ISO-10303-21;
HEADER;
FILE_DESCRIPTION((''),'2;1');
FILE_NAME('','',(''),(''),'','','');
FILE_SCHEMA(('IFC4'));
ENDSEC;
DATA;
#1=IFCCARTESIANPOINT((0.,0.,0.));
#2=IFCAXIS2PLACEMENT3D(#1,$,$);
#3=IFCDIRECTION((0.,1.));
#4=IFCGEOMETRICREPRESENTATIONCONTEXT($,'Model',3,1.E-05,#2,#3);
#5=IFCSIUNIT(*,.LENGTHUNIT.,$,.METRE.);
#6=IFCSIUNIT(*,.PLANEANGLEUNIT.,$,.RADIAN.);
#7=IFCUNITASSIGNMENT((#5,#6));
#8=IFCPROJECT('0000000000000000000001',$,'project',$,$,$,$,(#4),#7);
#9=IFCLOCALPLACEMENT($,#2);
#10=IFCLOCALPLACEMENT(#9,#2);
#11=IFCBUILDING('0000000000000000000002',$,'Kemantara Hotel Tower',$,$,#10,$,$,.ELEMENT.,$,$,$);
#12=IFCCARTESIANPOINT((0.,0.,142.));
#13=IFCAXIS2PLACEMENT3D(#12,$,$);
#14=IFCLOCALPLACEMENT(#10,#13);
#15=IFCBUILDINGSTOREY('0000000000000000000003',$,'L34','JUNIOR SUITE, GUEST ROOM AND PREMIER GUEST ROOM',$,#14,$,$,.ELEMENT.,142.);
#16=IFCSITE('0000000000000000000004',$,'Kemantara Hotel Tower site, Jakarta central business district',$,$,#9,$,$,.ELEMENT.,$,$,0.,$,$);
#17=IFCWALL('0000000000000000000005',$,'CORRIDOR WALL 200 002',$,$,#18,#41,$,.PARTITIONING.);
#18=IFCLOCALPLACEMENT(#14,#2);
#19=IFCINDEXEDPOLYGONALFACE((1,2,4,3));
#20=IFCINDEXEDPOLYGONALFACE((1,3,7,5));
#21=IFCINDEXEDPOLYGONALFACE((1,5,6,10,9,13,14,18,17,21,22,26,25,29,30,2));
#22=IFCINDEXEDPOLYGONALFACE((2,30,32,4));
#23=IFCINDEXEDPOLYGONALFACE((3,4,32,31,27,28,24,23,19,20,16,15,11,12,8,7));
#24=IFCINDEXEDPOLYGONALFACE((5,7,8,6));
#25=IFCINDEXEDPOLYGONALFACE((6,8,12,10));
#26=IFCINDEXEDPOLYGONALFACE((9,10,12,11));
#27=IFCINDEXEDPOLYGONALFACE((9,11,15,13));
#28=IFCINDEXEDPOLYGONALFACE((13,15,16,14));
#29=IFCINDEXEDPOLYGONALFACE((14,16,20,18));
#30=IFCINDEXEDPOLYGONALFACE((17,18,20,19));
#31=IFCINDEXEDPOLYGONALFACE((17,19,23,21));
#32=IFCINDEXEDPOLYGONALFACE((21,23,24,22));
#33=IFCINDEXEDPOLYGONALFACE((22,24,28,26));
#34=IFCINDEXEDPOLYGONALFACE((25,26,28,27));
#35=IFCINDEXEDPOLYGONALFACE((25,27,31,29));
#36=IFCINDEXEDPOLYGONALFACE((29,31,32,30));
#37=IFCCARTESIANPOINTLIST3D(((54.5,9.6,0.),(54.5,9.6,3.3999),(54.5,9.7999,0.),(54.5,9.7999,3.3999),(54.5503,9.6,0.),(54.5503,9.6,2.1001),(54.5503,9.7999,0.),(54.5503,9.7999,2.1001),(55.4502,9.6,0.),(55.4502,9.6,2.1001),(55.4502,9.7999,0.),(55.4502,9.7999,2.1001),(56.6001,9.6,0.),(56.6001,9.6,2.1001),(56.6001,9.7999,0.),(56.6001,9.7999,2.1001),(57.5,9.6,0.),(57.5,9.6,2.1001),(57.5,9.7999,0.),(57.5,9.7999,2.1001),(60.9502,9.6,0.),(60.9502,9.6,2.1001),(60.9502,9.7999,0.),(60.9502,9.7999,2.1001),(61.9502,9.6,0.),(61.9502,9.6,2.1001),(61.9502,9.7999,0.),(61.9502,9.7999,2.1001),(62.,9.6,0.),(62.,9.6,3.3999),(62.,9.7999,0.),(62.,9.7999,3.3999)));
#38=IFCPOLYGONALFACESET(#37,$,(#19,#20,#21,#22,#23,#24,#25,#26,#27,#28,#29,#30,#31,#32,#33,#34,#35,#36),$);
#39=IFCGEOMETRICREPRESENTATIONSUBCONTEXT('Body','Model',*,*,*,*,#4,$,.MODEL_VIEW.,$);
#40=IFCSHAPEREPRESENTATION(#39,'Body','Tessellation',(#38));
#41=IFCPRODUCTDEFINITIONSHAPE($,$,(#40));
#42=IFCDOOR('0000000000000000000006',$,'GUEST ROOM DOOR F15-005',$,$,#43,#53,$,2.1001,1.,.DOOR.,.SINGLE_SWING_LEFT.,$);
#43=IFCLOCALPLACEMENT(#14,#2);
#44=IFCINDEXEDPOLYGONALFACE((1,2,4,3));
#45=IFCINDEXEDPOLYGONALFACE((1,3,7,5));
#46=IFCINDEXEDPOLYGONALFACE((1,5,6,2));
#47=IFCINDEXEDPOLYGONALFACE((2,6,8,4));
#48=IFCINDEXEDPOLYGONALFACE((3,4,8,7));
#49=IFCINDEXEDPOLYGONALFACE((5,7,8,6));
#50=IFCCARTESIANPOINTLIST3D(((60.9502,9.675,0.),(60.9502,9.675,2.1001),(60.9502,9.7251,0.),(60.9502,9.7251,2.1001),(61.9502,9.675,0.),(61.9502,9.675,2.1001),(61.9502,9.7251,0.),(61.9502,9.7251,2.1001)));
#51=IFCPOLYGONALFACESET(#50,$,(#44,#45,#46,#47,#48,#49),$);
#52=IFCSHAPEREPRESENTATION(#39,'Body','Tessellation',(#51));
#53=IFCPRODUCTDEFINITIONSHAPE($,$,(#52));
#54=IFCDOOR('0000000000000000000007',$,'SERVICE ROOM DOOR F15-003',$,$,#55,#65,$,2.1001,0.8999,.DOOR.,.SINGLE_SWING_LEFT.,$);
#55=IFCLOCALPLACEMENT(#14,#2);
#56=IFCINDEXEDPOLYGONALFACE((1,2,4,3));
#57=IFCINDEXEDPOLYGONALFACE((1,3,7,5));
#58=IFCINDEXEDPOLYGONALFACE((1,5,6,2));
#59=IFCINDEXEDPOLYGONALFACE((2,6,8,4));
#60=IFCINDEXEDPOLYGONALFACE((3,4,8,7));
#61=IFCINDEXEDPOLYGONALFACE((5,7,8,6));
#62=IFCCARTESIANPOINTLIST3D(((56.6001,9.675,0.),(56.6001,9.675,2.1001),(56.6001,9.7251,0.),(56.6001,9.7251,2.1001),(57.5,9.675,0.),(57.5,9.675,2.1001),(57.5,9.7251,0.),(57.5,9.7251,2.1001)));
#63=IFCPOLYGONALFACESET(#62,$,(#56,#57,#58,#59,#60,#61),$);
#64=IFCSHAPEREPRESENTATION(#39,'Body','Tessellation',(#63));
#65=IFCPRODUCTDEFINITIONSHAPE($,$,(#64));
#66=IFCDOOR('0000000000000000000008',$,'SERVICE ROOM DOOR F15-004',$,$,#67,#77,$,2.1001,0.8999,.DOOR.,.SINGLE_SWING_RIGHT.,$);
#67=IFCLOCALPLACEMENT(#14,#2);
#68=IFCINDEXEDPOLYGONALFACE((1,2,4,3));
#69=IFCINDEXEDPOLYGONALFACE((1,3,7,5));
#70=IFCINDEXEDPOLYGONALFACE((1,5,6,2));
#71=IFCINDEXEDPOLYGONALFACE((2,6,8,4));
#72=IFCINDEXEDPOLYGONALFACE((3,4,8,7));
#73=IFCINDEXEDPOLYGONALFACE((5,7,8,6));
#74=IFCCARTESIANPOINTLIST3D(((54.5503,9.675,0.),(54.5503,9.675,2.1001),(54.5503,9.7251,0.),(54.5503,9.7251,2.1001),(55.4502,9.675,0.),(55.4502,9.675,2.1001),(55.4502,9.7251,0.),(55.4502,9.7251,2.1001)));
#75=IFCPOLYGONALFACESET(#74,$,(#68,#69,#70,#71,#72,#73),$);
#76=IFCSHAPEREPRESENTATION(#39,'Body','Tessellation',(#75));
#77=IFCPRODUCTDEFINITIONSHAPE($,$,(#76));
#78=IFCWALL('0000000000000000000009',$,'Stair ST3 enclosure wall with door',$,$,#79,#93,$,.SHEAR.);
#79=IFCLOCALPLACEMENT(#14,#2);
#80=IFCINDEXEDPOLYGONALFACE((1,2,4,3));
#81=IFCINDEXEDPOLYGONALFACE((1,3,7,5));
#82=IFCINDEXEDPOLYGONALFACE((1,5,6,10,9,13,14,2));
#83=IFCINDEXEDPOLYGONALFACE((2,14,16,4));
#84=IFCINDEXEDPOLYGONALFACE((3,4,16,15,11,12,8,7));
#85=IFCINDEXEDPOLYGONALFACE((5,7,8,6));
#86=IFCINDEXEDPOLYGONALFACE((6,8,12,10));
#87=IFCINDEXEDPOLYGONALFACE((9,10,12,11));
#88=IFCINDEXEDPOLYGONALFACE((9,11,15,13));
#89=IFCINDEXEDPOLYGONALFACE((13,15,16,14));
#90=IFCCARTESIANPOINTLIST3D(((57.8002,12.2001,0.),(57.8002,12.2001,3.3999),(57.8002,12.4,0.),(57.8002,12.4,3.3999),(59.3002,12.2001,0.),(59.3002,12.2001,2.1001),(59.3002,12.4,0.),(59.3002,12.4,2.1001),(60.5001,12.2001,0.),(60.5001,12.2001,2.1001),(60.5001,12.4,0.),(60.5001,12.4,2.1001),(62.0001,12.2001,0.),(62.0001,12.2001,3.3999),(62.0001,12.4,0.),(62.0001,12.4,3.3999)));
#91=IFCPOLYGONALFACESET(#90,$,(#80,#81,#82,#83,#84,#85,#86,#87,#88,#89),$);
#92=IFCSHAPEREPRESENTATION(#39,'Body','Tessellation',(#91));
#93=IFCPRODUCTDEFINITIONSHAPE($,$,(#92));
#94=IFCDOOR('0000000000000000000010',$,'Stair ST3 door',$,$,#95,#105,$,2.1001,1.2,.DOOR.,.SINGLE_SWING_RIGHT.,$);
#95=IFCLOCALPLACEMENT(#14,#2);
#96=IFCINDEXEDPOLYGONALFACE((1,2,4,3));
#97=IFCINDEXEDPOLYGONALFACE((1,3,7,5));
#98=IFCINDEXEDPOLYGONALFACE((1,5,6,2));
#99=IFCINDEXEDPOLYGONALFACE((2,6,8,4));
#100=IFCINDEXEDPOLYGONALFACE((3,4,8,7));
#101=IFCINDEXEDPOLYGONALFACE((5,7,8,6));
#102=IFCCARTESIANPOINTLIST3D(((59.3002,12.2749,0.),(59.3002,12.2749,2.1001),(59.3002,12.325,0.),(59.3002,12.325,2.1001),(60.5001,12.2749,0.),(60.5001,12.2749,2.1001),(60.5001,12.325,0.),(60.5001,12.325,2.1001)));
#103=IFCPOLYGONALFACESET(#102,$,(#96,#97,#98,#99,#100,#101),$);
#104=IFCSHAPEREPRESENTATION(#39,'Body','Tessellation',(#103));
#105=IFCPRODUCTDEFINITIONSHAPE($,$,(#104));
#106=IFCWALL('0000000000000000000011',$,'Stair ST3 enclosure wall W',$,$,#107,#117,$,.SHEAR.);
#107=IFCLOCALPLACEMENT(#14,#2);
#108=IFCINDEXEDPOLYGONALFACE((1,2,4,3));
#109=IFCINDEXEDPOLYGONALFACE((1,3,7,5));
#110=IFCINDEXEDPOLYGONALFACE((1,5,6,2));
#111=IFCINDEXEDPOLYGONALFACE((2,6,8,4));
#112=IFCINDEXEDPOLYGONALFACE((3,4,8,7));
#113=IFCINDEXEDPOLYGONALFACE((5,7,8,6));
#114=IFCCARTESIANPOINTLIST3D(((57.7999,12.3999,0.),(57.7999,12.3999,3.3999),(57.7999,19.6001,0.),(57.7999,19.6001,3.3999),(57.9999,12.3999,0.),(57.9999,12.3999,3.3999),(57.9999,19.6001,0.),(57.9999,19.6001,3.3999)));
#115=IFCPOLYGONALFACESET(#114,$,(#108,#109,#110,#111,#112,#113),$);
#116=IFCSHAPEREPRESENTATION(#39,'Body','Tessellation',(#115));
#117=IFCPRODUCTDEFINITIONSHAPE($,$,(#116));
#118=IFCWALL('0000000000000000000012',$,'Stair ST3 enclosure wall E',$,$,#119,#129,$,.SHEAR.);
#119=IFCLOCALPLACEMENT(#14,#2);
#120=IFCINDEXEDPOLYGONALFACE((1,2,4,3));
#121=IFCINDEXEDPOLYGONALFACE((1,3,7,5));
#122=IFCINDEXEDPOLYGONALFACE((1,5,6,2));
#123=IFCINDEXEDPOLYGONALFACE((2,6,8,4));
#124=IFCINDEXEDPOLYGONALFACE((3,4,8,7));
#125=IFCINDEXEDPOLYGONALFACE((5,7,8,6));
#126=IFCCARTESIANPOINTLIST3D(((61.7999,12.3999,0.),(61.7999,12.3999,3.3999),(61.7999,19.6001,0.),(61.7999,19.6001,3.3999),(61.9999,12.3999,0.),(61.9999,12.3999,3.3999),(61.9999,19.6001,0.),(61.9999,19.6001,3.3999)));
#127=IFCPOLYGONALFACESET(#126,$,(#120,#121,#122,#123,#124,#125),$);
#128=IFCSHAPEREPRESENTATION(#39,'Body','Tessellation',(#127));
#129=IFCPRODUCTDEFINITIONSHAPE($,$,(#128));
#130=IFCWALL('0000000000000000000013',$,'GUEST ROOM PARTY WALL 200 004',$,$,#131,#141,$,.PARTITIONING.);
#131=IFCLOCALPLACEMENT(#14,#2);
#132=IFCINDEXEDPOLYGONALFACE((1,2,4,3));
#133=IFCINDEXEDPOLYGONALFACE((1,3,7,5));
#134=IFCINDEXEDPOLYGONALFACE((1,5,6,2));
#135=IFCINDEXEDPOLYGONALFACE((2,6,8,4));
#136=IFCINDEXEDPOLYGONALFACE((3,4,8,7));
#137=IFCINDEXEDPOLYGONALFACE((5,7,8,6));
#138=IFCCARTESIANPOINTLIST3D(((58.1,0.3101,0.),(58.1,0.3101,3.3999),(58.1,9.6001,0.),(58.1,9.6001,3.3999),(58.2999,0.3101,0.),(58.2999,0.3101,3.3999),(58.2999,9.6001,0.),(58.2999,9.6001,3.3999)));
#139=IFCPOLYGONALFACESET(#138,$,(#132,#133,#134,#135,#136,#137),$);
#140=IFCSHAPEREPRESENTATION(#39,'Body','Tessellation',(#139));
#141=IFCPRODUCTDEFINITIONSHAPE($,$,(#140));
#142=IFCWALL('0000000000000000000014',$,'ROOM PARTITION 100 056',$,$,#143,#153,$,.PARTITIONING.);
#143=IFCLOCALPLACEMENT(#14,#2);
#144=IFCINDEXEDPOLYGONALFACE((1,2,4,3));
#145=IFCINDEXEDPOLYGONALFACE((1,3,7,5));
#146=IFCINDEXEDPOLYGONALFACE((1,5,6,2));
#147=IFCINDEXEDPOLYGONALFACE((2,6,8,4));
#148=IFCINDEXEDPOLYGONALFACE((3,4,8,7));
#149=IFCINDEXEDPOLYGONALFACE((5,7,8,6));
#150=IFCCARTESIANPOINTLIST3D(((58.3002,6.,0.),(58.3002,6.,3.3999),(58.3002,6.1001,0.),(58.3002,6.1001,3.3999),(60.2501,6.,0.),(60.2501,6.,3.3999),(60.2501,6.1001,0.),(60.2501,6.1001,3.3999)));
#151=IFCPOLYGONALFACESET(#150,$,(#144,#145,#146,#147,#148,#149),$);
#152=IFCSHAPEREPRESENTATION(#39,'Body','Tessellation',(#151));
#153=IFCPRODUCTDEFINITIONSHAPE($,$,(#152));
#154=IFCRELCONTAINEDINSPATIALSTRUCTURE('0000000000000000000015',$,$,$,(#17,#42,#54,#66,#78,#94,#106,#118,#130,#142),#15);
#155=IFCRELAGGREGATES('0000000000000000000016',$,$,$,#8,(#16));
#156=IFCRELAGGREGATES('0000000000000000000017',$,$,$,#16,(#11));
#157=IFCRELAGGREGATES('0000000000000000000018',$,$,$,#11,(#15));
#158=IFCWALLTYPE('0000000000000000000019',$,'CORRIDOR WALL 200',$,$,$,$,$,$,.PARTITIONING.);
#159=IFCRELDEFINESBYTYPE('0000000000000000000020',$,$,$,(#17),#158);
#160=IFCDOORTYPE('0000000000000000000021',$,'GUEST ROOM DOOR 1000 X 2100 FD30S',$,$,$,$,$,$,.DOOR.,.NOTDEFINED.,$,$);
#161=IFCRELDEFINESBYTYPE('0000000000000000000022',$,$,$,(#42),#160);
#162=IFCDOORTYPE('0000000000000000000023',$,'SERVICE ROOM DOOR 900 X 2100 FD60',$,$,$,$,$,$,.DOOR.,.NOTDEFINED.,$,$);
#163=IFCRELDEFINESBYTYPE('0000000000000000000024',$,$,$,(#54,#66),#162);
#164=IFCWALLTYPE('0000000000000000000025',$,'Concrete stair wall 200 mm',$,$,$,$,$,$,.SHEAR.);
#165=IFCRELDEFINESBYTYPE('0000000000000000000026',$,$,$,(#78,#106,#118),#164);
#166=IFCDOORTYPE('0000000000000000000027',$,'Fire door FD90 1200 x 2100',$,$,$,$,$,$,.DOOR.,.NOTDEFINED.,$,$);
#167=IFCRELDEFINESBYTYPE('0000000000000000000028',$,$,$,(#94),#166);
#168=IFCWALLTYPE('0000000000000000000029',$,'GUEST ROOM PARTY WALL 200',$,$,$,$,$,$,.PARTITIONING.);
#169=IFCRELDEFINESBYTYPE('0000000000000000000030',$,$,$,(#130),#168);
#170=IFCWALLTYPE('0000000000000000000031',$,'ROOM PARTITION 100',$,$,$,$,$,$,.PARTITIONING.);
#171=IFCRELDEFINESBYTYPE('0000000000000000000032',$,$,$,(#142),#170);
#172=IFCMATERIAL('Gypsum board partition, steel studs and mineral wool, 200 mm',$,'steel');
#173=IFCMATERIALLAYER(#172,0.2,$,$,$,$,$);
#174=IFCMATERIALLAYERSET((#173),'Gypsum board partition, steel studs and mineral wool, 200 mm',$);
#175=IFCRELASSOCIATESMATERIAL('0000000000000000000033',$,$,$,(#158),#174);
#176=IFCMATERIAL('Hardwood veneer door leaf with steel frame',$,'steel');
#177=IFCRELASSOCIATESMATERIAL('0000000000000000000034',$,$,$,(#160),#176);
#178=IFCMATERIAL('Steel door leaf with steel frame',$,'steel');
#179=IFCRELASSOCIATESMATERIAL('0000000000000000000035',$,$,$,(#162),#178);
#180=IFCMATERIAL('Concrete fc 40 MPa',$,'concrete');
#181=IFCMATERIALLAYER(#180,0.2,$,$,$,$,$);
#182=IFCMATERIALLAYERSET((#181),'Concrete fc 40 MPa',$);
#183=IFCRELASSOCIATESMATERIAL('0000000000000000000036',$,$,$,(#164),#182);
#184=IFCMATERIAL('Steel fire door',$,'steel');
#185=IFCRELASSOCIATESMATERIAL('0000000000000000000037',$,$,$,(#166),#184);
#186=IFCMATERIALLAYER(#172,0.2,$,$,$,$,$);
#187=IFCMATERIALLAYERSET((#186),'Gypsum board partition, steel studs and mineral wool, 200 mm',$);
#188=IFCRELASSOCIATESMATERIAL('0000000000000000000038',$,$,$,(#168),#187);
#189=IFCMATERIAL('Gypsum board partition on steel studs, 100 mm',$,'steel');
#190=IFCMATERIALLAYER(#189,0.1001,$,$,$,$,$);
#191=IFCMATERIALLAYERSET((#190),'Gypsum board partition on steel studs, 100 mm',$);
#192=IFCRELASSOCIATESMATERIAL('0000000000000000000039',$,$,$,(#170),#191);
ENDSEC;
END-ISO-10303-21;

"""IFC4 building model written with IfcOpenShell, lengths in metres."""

from ifc_helpers import new_model, si_unit, direction, frame, frame_2d, origin, place, context, subcontext, project, spatial, rectangle, extrude, material, layer, layer_set, type_object, element, fill, save


model = new_model("IFC4")

# Units and contexts
model_context = context("Model", 3, precision=1e-05, world=origin(), true_north=direction((0.0, 1.0)))
body_context = subcontext(model_context, "Body", "Model", "MODEL_VIEW")
ifc_project = project(units=[si_unit("LENGTHUNIT", "METRE"), si_unit("PLANEANGLEUNIT", "RADIAN")], contexts=[model_context])

# Site, building, storey
site_placement = place(None, origin())
site = spatial("IfcSite", under=ifc_project, at=site_placement, Name="Kemantara Hotel Tower site, Jakarta central business district", CompositionType="ELEMENT", RefElevation=0.0)
building_placement = place(site_placement, origin())
building = spatial("IfcBuilding", under=site, at=building_placement, Name="Kemantara Hotel Tower", CompositionType="ELEMENT")
storey_placement = place(building_placement, frame((0.0, 0.0, 142.0)))
storey = spatial("IfcBuildingStorey", under=building, at=storey_placement, Name="L34", Description="JUNIOR SUITE, GUEST ROOM AND PREMIER GUEST ROOM", CompositionType="ELEMENT", Elevation=142.0)

# Wall, openings, doors
ifc_material_1 = material(Name="Gypsum board partition, steel studs and mineral wool, 200 mm", Category="steel")
ifc_layer_1 = layer(ifc_material_1, 0.2)
ifc_layer_set_1 = layer_set([ifc_layer_1], Name="Gypsum board partition, steel studs and mineral wool, 200 mm")
wall_type_1 = type_object("IfcWallType", Name="CORRIDOR WALL 200", PredefinedType="PARTITIONING", material=ifc_layer_set_1)
wall_1_placement = place(storey_placement, frame((62.0, 9.7, 0.0), z_axis=(0.0, 0.0, 1.0), x_axis=(-1.0, 0.0, 0.0)))
wall_1 = element("IfcWall", 1, at=wall_1_placement, inside=storey, type_object=wall_type_1, Name="CORRIDOR WALL 200 002", PredefinedType="PARTITIONING", context=body_context, shape_type="SweptSolid", body=[
    extrude(rectangle(XDim=7.5, YDim=0.2, at=frame_2d((3.75, 0.0))), origin(), (0.0, 0.0, 1.0), 3.3999),
])
opening_1_placement = place(wall_1_placement, frame((4.5, 0.0, 0.0)))
opening_1 = element("IfcOpeningElement", 2, at=opening_1_placement, cuts=wall_1, PredefinedType="OPENING", context=body_context, shape_type="SweptSolid", body=[
    extrude(rectangle(XDim=0.8999, YDim=2.1001, at=frame_2d((0.45, 1.05))), frame((0.0, 0.1099, 0.0), z_axis=(0.0, -1.0, 0.0), x_axis=(1.0, 0.0, 0.0)), (0.0, 0.0, 1.0), 0.22),
])
opening_2_placement = place(wall_1_placement, frame((6.5498, 0.0, 0.0)))
opening_2 = element("IfcOpeningElement", 3, at=opening_2_placement, cuts=wall_1, PredefinedType="OPENING", context=body_context, shape_type="SweptSolid", body=[
    extrude(rectangle(XDim=0.8999, YDim=2.1001, at=frame_2d((0.45, 1.05))), frame((0.0, 0.1099, 0.0), z_axis=(0.0, -1.0, 0.0), x_axis=(1.0, 0.0, 0.0)), (0.0, 0.0, 1.0), 0.22),
])
opening_3_placement = place(wall_1_placement, frame((0.0498, 0.0, 0.0)))
opening_3 = element("IfcOpeningElement", 4, at=opening_3_placement, cuts=wall_1, PredefinedType="OPENING", context=body_context, shape_type="SweptSolid", body=[
    extrude(rectangle(XDim=1.0, YDim=2.1001, at=frame_2d((0.5, 1.05))), frame((0.0, 0.1099, 0.0), z_axis=(0.0, -1.0, 0.0), x_axis=(1.0, 0.0, 0.0)), (0.0, 0.0, 1.0), 0.22),
])
ifc_material_2 = material(Name="Hardwood veneer door leaf with steel frame", Category="steel")
door_type_1 = type_object("IfcDoorType", Name="GUEST ROOM DOOR 1000 X 2100 FD30S", OperationType="NOTDEFINED", PredefinedType="DOOR", material=ifc_material_2)
door_1_placement = place(opening_3_placement, origin())
door_1 = element("IfcDoor", 5, at=door_1_placement, inside=storey, type_object=door_type_1, Name="GUEST ROOM DOOR F15-005", OperationType="SINGLE_SWING_LEFT", OverallHeight=2.1001, OverallWidth=1.0, PredefinedType="DOOR", context=body_context, shape_type="SweptSolid", body=[
    extrude(rectangle(XDim=1.0, YDim=2.1001, at=frame_2d((0.5, 1.05))), frame((0.0, 0.0249, 0.0), z_axis=(0.0, -1.0, 0.0), x_axis=(1.0, 0.0, 0.0)), (0.0, 0.0, 1.0), 0.05),
])
fill(opening_3, door_1)
ifc_material_3 = material(Name="Steel door leaf with steel frame", Category="steel")
door_type_2 = type_object("IfcDoorType", Name="SERVICE ROOM DOOR 900 X 2100 FD60", OperationType="NOTDEFINED", PredefinedType="DOOR", material=ifc_material_3)
door_2_placement = place(opening_1_placement, origin())
door_2 = element("IfcDoor", 6, at=door_2_placement, inside=storey, type_object=door_type_2, Name="SERVICE ROOM DOOR F15-003", OperationType="SINGLE_SWING_LEFT", OverallHeight=2.1001, OverallWidth=0.8999, PredefinedType="DOOR", context=body_context, shape_type="SweptSolid", body=[
    extrude(rectangle(XDim=0.8999, YDim=2.1001, at=frame_2d((0.45, 1.05))), frame((0.0, 0.0249, 0.0), z_axis=(0.0, -1.0, 0.0), x_axis=(1.0, 0.0, 0.0)), (0.0, 0.0, 1.0), 0.05),
])
fill(opening_1, door_2)
door_3_placement = place(opening_2_placement, origin())
door_3 = element("IfcDoor", 7, at=door_3_placement, inside=storey, type_object=door_type_2, Name="SERVICE ROOM DOOR F15-004", OperationType="SINGLE_SWING_RIGHT", OverallHeight=2.1001, OverallWidth=0.8999, PredefinedType="DOOR", context=body_context, shape_type="SweptSolid", body=[
    extrude(rectangle(XDim=0.8999, YDim=2.1001, at=frame_2d((0.45, 1.05))), frame((0.0, 0.0249, 0.0), z_axis=(0.0, -1.0, 0.0), x_axis=(1.0, 0.0, 0.0)), (0.0, 0.0, 1.0), 0.05),
])
fill(opening_2, door_3)

# Wall, opening, door
ifc_material_4 = material(Name="Concrete fc 40 MPa", Category="concrete")
ifc_layer_2 = layer(ifc_material_4, 0.2)
ifc_layer_set_2 = layer_set([ifc_layer_2], Name="Concrete fc 40 MPa")
wall_type_2 = type_object("IfcWallType", Name="Concrete stair wall 200 mm", PredefinedType="SHEAR", material=ifc_layer_set_2)
wall_2_placement = place(storey_placement, frame((57.8, 12.3, 0.0), z_axis=(0.0, 0.0, 1.0), x_axis=(1.0, 0.0, 0.0)))
wall_2 = element("IfcWall", 8, at=wall_2_placement, inside=storey, type_object=wall_type_2, Name="Stair ST3 enclosure wall with door", PredefinedType="SHEAR", context=body_context, shape_type="SweptSolid", body=[
    extrude(rectangle(XDim=4.2, YDim=0.2, at=frame_2d((2.1001, 0.0))), origin(), (0.0, 0.0, 1.0), 3.3999),
])
opening_4_placement = place(wall_2_placement, frame((1.5, 0.0, 0.0)))
opening_4 = element("IfcOpeningElement", 9, at=opening_4_placement, cuts=wall_2, PredefinedType="OPENING", context=body_context, shape_type="SweptSolid", body=[
    extrude(rectangle(XDim=1.2, YDim=2.1001, at=frame_2d((0.6001, 1.05))), frame((0.0, 0.1099, 0.0), z_axis=(0.0, -1.0, 0.0), x_axis=(1.0, 0.0, 0.0)), (0.0, 0.0, 1.0), 0.22),
])
ifc_material_5 = material(Name="Steel fire door", Category="steel")
door_type_3 = type_object("IfcDoorType", Name="Fire door FD90 1200 x 2100", OperationType="NOTDEFINED", PredefinedType="DOOR", material=ifc_material_5)
door_4_placement = place(opening_4_placement, origin())
door_4 = element("IfcDoor", 10, at=door_4_placement, inside=storey, type_object=door_type_3, Name="Stair ST3 door", OperationType="SINGLE_SWING_RIGHT", OverallHeight=2.1001, OverallWidth=1.2, PredefinedType="DOOR", context=body_context, shape_type="SweptSolid", body=[
    extrude(rectangle(XDim=1.2, YDim=2.1001, at=frame_2d((0.6001, 1.05))), frame((0.0, 0.0249, 0.0), z_axis=(0.0, -1.0, 0.0), x_axis=(1.0, 0.0, 0.0)), (0.0, 0.0, 1.0), 0.05),
])
fill(opening_4, door_4)

# Walls
for number, where, z_axis, x_axis, name in (
    (11, (57.8999, 12.3999, 0.0), (0.0, 0.0, 1.0), (0.0, 1.0, 0.0), "Stair ST3 enclosure wall W"),
    (12, (61.8999, 12.3999, 0.0), (0.0, 0.0, 1.0), (0.0, 1.0, 0.0), "Stair ST3 enclosure wall E"),
):
    element("IfcWall", number, at=place(storey_placement, frame(where, z_axis=z_axis, x_axis=x_axis)), inside=storey, type_object=wall_type_2, Name=name, PredefinedType="SHEAR", context=body_context, shape_type="SweptSolid", body=[
        extrude(rectangle(XDim=7.2002, YDim=0.2, at=frame_2d((3.6001, 0.0))), origin(), (0.0, 0.0, 1.0), 3.3999),
    ])
ifc_layer_3 = layer(ifc_material_1, 0.2)
ifc_layer_set_3 = layer_set([ifc_layer_3], Name="Gypsum board partition, steel studs and mineral wool, 200 mm")
wall_type_3 = type_object("IfcWallType", Name="GUEST ROOM PARTY WALL 200", PredefinedType="PARTITIONING", material=ifc_layer_set_3)
wall_3_placement = place(storey_placement, frame((58.2, 0.3101, 0.0), z_axis=(0.0, 0.0, 1.0), x_axis=(0.0, 1.0, 0.0)))
element("IfcWall", 13, at=wall_3_placement, inside=storey, type_object=wall_type_3, Name="GUEST ROOM PARTY WALL 200 004", PredefinedType="PARTITIONING", context=body_context, shape_type="SweptSolid", body=[
    extrude(rectangle(XDim=9.29, YDim=0.2, at=frame_2d((4.645, 0.0))), origin(), (0.0, 0.0, 1.0), 3.3999),
])
ifc_material_6 = material(Name="Gypsum board partition on steel studs, 100 mm", Category="steel")
ifc_layer_4 = layer(ifc_material_6, 0.1001)
ifc_layer_set_4 = layer_set([ifc_layer_4], Name="Gypsum board partition on steel studs, 100 mm")
wall_type_4 = type_object("IfcWallType", Name="ROOM PARTITION 100", PredefinedType="PARTITIONING", material=ifc_layer_set_4)
wall_4_placement = place(storey_placement, frame((58.3, 6.05, 0.0), z_axis=(0.0, 0.0, 1.0), x_axis=(1.0, 0.0, 0.0)))
element("IfcWall", 14, at=wall_4_placement, inside=storey, type_object=wall_type_4, Name="ROOM PARTITION 100 056", PredefinedType="PARTITIONING", context=body_context, shape_type="SweptSolid", body=[
    extrude(rectangle(XDim=1.95, YDim=0.1001, at=frame_2d((0.9751, 0.0))), origin(), (0.0, 0.0, 1.0), 3.3999),
])

save(model, "model.ifc")
